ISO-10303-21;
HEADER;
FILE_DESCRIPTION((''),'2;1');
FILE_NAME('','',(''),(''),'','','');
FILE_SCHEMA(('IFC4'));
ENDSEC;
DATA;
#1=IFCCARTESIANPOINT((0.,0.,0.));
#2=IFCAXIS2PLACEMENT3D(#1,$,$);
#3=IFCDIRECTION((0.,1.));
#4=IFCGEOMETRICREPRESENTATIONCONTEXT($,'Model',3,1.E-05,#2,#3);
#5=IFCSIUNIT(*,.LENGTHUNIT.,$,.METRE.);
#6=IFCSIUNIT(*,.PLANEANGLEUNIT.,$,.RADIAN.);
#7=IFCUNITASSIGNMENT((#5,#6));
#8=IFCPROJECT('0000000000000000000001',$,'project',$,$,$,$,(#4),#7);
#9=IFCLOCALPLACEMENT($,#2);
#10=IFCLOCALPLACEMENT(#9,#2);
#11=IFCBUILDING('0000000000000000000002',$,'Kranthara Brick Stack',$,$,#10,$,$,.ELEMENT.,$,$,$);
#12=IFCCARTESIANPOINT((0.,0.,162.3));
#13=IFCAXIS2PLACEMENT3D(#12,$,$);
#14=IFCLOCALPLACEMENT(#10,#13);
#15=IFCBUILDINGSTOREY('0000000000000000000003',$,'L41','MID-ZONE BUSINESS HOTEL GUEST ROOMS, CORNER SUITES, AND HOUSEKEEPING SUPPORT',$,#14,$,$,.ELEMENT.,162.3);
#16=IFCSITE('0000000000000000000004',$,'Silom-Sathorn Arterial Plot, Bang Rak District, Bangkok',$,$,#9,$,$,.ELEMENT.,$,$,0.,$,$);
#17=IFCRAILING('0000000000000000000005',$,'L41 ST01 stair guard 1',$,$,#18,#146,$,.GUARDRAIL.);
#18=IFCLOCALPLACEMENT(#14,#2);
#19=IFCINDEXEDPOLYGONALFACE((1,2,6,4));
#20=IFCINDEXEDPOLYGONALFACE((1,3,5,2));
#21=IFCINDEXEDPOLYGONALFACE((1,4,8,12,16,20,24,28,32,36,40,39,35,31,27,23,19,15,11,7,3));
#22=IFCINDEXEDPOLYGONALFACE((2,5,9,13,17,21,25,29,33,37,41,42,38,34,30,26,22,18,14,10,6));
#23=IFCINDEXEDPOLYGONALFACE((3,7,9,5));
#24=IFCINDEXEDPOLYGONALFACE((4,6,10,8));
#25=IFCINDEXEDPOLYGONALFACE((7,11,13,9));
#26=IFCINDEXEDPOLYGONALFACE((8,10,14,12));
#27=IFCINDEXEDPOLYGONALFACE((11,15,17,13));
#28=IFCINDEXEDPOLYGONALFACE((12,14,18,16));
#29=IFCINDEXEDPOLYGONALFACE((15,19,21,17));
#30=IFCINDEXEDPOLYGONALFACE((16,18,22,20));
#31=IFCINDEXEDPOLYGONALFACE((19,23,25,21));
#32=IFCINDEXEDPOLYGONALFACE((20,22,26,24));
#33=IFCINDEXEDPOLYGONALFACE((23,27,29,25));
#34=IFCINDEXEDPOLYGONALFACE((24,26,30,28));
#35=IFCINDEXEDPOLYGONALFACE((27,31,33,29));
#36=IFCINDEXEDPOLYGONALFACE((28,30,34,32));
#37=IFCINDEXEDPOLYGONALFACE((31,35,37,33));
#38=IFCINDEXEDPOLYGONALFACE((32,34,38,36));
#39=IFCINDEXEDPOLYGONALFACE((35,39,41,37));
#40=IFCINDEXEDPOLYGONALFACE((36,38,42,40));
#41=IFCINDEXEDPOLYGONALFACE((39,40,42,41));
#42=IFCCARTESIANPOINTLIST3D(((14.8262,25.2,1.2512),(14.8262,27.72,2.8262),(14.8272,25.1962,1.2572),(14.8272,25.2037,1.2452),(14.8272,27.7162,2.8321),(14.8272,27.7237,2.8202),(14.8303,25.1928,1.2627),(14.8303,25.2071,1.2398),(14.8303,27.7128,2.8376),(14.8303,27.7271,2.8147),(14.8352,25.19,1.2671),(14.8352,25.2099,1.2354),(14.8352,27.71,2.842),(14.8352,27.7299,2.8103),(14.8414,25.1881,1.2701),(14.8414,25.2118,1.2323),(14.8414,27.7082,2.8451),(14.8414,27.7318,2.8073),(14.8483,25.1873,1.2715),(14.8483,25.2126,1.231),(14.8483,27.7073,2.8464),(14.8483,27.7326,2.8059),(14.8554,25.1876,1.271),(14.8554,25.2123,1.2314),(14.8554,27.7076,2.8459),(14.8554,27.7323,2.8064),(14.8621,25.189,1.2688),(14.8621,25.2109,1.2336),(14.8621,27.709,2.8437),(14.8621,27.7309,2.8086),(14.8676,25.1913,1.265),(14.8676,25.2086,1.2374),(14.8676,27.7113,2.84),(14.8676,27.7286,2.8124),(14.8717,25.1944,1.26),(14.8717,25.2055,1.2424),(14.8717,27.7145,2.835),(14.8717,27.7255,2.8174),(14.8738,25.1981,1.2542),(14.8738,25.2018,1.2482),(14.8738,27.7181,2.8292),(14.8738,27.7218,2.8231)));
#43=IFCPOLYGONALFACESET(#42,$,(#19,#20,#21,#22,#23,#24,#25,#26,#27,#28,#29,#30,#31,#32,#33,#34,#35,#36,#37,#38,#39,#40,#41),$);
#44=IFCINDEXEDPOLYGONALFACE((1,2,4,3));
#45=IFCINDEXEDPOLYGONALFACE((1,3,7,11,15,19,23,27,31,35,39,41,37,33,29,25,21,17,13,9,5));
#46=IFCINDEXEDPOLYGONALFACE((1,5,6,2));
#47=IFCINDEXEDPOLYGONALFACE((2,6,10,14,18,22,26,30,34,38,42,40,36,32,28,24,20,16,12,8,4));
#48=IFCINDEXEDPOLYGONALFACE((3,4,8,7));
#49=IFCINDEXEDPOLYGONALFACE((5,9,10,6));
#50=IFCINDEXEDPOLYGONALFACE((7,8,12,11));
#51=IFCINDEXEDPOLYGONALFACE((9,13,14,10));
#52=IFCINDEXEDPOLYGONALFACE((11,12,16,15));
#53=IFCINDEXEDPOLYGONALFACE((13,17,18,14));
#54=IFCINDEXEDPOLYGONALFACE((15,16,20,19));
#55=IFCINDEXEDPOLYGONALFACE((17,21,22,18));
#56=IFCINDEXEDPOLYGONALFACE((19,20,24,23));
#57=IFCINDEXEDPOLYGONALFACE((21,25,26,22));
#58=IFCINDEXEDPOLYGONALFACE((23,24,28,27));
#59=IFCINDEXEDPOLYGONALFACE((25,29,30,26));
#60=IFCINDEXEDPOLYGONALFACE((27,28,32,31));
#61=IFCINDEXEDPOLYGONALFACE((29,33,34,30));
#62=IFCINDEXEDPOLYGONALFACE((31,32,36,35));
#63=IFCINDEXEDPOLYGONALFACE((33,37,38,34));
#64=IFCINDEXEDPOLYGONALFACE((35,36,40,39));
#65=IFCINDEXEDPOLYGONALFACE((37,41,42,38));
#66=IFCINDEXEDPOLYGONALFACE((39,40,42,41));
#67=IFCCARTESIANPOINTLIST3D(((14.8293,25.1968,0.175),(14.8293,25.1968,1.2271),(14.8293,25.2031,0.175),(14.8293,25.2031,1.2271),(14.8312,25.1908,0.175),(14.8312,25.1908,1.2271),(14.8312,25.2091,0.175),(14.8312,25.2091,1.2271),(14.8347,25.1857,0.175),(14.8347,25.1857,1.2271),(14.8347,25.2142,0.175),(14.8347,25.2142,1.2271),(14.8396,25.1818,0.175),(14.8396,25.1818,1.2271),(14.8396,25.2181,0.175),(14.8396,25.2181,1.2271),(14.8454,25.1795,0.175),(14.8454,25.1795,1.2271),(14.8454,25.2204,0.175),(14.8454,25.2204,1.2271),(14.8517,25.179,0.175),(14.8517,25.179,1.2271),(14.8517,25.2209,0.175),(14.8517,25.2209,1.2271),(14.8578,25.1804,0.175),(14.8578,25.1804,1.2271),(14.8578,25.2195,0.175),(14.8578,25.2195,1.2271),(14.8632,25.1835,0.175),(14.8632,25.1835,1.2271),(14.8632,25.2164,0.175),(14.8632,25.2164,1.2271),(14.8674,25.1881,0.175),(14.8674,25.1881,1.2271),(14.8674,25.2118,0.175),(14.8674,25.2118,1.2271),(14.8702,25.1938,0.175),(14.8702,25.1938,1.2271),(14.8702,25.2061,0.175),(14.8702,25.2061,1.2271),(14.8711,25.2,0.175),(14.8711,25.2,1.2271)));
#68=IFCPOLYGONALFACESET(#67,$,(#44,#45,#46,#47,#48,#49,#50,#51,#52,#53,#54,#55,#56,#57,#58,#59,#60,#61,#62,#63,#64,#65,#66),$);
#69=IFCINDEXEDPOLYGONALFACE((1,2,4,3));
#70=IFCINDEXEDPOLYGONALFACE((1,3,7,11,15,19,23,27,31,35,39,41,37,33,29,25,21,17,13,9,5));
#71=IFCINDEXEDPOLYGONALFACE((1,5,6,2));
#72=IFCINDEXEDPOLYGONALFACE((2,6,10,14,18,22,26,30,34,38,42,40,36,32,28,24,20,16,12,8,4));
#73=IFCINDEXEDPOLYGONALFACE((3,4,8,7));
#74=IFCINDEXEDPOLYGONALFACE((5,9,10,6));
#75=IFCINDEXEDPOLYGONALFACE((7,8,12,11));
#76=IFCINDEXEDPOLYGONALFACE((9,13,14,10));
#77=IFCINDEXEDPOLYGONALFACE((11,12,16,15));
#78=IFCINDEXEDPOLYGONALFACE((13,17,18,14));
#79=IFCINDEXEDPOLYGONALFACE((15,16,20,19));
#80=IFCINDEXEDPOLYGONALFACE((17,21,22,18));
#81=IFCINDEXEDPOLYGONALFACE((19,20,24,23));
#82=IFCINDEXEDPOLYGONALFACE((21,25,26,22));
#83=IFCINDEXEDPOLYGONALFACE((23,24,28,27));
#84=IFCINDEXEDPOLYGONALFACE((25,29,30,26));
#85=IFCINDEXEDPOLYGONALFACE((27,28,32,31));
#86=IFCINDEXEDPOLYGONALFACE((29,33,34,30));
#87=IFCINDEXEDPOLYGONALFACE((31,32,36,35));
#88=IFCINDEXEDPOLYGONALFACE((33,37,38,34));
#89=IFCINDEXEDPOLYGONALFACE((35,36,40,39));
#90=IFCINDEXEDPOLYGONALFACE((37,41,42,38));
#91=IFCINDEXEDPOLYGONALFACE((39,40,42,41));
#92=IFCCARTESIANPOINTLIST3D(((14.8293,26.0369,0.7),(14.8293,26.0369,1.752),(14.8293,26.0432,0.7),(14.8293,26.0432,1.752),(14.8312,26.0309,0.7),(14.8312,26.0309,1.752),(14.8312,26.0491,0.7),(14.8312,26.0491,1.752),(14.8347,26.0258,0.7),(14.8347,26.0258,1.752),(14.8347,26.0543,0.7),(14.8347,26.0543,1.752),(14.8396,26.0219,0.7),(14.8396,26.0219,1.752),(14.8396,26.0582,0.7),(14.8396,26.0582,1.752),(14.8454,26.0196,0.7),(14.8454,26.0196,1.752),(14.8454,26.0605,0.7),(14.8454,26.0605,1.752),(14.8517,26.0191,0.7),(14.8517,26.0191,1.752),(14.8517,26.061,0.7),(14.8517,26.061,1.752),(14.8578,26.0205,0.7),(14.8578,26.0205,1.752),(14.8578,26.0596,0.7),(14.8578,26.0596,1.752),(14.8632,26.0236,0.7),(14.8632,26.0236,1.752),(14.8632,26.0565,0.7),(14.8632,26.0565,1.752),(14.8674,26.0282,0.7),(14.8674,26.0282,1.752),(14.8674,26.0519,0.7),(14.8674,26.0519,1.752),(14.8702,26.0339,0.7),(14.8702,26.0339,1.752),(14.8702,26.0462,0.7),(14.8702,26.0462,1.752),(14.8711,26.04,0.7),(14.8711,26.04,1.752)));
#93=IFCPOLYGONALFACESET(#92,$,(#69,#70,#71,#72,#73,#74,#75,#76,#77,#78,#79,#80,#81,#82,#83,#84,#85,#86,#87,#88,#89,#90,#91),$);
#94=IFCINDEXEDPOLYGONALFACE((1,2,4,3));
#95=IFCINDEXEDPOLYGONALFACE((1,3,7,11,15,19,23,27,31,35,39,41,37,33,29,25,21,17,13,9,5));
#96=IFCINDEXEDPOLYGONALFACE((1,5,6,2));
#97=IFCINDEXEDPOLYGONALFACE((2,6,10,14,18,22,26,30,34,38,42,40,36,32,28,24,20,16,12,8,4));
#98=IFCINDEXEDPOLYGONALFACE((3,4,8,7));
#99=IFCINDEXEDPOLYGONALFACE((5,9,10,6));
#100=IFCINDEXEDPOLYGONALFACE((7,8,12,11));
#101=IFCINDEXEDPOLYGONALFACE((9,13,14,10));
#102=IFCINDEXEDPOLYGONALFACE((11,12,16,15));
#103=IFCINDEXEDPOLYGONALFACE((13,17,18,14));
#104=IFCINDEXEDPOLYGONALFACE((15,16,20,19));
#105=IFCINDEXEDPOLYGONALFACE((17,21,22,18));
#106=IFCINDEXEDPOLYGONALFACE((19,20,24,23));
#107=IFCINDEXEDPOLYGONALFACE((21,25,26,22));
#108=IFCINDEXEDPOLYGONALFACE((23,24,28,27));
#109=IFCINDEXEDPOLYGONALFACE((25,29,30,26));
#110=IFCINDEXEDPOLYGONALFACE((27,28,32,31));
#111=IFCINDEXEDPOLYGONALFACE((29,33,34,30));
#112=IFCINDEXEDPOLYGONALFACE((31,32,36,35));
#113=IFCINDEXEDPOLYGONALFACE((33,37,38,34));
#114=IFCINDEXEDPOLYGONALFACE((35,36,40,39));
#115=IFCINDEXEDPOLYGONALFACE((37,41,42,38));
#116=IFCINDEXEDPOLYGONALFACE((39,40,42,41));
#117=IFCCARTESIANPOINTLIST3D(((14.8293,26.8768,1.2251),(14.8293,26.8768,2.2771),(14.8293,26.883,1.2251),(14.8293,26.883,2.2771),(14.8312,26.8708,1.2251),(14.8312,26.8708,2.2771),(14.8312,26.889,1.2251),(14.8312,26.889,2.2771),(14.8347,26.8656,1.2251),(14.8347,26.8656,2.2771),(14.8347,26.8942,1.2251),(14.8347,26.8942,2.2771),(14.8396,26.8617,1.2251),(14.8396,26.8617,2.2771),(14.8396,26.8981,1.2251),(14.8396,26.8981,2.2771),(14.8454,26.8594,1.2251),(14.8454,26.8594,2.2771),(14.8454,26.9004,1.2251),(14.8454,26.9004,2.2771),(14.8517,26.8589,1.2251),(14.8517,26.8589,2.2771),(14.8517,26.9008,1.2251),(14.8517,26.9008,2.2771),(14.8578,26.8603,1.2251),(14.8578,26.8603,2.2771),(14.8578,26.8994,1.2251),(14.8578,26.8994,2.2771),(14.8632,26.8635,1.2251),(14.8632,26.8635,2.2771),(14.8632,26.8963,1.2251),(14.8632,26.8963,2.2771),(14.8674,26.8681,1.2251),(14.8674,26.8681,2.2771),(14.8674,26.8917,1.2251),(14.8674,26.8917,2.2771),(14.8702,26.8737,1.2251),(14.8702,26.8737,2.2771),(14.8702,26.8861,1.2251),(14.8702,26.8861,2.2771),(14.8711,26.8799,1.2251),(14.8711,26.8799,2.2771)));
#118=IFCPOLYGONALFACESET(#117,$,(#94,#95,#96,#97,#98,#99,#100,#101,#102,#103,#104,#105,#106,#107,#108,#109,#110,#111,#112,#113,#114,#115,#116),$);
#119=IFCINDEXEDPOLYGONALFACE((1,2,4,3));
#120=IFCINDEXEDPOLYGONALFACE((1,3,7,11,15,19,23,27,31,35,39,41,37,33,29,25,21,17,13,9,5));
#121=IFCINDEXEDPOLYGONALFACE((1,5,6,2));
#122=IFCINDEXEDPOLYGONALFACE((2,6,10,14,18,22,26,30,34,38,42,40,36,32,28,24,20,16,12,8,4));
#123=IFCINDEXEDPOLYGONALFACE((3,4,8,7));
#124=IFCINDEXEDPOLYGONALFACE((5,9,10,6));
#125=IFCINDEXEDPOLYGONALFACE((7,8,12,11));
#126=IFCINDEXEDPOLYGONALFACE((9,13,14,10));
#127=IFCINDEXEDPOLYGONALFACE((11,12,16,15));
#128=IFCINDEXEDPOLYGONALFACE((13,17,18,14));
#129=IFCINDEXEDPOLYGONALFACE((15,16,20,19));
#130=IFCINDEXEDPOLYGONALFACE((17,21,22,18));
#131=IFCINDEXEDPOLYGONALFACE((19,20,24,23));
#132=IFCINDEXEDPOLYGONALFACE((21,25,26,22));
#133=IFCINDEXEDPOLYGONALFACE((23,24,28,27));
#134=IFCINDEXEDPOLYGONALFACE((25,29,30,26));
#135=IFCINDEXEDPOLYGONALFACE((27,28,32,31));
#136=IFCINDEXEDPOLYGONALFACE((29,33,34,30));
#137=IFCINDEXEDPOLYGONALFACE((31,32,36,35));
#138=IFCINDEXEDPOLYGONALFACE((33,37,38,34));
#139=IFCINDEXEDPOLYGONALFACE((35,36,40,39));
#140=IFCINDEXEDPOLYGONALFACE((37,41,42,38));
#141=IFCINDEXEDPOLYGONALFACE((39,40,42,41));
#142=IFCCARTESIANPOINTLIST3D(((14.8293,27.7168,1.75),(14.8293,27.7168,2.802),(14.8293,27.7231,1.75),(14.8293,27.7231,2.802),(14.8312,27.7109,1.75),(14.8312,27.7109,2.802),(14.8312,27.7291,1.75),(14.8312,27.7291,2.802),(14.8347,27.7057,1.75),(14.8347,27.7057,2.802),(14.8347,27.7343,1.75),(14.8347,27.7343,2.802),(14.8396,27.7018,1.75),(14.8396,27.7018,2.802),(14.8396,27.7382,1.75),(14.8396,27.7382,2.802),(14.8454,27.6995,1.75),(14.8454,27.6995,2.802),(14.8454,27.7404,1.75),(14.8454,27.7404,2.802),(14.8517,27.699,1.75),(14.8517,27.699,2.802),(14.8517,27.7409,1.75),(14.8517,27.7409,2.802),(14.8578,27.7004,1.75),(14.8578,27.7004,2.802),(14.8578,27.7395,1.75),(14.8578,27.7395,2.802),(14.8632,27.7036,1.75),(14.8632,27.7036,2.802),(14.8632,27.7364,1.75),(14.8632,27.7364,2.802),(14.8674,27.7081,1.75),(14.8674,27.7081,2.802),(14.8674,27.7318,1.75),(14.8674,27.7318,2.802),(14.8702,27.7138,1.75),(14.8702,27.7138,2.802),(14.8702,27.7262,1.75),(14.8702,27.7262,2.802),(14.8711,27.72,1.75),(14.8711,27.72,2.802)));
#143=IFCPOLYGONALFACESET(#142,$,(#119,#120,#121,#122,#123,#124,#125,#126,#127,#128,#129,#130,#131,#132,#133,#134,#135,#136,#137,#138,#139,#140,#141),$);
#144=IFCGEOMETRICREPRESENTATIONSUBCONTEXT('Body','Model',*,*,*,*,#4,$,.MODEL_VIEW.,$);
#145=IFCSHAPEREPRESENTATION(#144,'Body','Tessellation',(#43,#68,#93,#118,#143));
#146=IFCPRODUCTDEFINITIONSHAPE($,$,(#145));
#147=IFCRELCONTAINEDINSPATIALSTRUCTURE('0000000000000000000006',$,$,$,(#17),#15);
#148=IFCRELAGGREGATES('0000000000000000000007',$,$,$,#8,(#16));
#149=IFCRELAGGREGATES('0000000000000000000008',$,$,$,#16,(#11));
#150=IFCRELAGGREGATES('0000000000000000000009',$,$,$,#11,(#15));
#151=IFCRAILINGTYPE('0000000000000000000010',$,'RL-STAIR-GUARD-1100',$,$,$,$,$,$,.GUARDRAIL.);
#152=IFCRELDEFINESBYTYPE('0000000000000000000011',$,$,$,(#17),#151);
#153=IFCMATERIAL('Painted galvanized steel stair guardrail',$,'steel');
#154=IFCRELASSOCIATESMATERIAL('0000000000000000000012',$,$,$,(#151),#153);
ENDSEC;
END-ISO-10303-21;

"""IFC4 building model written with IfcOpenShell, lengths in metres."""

from ifc_helpers import new_model, si_unit, direction, frame, origin, origin_2d, place, context, subcontext, project, spatial, circle, extrude, material, type_object, element, save


model = new_model("IFC4")

# Units and contexts
model_context = context("Model", 3, precision=1e-05, world=origin(), true_north=direction((0.0, 1.0)))
body_context = subcontext(model_context, "Body", "Model", "MODEL_VIEW")
ifc_project = project(units=[si_unit("LENGTHUNIT", "METRE"), si_unit("PLANEANGLEUNIT", "RADIAN")], contexts=[model_context])

# Site, building, storey
site_placement = place(None, origin())
site = spatial("IfcSite", under=ifc_project, at=site_placement, Name="Silom-Sathorn Arterial Plot, Bang Rak District, Bangkok", CompositionType="ELEMENT", RefElevation=0.0)
building_placement = place(site_placement, origin())
building = spatial("IfcBuilding", under=site, at=building_placement, Name="Kranthara Brick Stack", CompositionType="ELEMENT")
storey_placement = place(building_placement, frame((0.0, 0.0, 162.3)))
storey = spatial("IfcBuildingStorey", under=building, at=storey_placement, Name="L41", Description="MID-ZONE BUSINESS HOTEL GUEST ROOMS, CORNER SUITES, AND HOUSEKEEPING SUPPORT", CompositionType="ELEMENT", Elevation=162.3)

# Railing
ifc_material_1 = material(Name="Painted galvanized steel stair guardrail", Category="steel")
railing_type_1 = type_object("IfcRailingType", Name="RL-STAIR-GUARD-1100", PredefinedType="GUARDRAIL", material=ifc_material_1)
railing_1_placement = place(storey_placement, frame((14.8501, 25.2, 0.175)))
element("IfcRailing", 1, at=railing_1_placement, inside=storey, type_object=railing_type_1, Name="L41 ST01 stair guard 1", PredefinedType="GUARDRAIL", context=body_context, shape_type="SweptSolid", body=[
    extrude(circle(Radius=0.0239, at=origin_2d()), frame((0.0, 0.0, 1.0762), z_axis=(0.0, 0.848008, 0.529984), x_axis=(-1.0, 0.0, 0.0)), (0.0, 0.0, 1.0), 2.9717),
    extrude(circle(Radius=0.021, at=origin_2d()), origin(), (0.0, 0.0, 1.0), 1.052),
    extrude(circle(Radius=0.021, at=origin_2d()), frame((0.0, 0.8401, 0.5249)), (0.0, 0.0, 1.0), 1.052),
    extrude(circle(Radius=0.021, at=origin_2d()), frame((0.0, 1.6799, 1.05)), (0.0, 0.0, 1.0), 1.052),
    extrude(circle(Radius=0.021, at=origin_2d()), frame((0.0, 2.52, 1.575)), (0.0, 0.0, 1.0), 1.052),
])

save(model, "model.ifc")
